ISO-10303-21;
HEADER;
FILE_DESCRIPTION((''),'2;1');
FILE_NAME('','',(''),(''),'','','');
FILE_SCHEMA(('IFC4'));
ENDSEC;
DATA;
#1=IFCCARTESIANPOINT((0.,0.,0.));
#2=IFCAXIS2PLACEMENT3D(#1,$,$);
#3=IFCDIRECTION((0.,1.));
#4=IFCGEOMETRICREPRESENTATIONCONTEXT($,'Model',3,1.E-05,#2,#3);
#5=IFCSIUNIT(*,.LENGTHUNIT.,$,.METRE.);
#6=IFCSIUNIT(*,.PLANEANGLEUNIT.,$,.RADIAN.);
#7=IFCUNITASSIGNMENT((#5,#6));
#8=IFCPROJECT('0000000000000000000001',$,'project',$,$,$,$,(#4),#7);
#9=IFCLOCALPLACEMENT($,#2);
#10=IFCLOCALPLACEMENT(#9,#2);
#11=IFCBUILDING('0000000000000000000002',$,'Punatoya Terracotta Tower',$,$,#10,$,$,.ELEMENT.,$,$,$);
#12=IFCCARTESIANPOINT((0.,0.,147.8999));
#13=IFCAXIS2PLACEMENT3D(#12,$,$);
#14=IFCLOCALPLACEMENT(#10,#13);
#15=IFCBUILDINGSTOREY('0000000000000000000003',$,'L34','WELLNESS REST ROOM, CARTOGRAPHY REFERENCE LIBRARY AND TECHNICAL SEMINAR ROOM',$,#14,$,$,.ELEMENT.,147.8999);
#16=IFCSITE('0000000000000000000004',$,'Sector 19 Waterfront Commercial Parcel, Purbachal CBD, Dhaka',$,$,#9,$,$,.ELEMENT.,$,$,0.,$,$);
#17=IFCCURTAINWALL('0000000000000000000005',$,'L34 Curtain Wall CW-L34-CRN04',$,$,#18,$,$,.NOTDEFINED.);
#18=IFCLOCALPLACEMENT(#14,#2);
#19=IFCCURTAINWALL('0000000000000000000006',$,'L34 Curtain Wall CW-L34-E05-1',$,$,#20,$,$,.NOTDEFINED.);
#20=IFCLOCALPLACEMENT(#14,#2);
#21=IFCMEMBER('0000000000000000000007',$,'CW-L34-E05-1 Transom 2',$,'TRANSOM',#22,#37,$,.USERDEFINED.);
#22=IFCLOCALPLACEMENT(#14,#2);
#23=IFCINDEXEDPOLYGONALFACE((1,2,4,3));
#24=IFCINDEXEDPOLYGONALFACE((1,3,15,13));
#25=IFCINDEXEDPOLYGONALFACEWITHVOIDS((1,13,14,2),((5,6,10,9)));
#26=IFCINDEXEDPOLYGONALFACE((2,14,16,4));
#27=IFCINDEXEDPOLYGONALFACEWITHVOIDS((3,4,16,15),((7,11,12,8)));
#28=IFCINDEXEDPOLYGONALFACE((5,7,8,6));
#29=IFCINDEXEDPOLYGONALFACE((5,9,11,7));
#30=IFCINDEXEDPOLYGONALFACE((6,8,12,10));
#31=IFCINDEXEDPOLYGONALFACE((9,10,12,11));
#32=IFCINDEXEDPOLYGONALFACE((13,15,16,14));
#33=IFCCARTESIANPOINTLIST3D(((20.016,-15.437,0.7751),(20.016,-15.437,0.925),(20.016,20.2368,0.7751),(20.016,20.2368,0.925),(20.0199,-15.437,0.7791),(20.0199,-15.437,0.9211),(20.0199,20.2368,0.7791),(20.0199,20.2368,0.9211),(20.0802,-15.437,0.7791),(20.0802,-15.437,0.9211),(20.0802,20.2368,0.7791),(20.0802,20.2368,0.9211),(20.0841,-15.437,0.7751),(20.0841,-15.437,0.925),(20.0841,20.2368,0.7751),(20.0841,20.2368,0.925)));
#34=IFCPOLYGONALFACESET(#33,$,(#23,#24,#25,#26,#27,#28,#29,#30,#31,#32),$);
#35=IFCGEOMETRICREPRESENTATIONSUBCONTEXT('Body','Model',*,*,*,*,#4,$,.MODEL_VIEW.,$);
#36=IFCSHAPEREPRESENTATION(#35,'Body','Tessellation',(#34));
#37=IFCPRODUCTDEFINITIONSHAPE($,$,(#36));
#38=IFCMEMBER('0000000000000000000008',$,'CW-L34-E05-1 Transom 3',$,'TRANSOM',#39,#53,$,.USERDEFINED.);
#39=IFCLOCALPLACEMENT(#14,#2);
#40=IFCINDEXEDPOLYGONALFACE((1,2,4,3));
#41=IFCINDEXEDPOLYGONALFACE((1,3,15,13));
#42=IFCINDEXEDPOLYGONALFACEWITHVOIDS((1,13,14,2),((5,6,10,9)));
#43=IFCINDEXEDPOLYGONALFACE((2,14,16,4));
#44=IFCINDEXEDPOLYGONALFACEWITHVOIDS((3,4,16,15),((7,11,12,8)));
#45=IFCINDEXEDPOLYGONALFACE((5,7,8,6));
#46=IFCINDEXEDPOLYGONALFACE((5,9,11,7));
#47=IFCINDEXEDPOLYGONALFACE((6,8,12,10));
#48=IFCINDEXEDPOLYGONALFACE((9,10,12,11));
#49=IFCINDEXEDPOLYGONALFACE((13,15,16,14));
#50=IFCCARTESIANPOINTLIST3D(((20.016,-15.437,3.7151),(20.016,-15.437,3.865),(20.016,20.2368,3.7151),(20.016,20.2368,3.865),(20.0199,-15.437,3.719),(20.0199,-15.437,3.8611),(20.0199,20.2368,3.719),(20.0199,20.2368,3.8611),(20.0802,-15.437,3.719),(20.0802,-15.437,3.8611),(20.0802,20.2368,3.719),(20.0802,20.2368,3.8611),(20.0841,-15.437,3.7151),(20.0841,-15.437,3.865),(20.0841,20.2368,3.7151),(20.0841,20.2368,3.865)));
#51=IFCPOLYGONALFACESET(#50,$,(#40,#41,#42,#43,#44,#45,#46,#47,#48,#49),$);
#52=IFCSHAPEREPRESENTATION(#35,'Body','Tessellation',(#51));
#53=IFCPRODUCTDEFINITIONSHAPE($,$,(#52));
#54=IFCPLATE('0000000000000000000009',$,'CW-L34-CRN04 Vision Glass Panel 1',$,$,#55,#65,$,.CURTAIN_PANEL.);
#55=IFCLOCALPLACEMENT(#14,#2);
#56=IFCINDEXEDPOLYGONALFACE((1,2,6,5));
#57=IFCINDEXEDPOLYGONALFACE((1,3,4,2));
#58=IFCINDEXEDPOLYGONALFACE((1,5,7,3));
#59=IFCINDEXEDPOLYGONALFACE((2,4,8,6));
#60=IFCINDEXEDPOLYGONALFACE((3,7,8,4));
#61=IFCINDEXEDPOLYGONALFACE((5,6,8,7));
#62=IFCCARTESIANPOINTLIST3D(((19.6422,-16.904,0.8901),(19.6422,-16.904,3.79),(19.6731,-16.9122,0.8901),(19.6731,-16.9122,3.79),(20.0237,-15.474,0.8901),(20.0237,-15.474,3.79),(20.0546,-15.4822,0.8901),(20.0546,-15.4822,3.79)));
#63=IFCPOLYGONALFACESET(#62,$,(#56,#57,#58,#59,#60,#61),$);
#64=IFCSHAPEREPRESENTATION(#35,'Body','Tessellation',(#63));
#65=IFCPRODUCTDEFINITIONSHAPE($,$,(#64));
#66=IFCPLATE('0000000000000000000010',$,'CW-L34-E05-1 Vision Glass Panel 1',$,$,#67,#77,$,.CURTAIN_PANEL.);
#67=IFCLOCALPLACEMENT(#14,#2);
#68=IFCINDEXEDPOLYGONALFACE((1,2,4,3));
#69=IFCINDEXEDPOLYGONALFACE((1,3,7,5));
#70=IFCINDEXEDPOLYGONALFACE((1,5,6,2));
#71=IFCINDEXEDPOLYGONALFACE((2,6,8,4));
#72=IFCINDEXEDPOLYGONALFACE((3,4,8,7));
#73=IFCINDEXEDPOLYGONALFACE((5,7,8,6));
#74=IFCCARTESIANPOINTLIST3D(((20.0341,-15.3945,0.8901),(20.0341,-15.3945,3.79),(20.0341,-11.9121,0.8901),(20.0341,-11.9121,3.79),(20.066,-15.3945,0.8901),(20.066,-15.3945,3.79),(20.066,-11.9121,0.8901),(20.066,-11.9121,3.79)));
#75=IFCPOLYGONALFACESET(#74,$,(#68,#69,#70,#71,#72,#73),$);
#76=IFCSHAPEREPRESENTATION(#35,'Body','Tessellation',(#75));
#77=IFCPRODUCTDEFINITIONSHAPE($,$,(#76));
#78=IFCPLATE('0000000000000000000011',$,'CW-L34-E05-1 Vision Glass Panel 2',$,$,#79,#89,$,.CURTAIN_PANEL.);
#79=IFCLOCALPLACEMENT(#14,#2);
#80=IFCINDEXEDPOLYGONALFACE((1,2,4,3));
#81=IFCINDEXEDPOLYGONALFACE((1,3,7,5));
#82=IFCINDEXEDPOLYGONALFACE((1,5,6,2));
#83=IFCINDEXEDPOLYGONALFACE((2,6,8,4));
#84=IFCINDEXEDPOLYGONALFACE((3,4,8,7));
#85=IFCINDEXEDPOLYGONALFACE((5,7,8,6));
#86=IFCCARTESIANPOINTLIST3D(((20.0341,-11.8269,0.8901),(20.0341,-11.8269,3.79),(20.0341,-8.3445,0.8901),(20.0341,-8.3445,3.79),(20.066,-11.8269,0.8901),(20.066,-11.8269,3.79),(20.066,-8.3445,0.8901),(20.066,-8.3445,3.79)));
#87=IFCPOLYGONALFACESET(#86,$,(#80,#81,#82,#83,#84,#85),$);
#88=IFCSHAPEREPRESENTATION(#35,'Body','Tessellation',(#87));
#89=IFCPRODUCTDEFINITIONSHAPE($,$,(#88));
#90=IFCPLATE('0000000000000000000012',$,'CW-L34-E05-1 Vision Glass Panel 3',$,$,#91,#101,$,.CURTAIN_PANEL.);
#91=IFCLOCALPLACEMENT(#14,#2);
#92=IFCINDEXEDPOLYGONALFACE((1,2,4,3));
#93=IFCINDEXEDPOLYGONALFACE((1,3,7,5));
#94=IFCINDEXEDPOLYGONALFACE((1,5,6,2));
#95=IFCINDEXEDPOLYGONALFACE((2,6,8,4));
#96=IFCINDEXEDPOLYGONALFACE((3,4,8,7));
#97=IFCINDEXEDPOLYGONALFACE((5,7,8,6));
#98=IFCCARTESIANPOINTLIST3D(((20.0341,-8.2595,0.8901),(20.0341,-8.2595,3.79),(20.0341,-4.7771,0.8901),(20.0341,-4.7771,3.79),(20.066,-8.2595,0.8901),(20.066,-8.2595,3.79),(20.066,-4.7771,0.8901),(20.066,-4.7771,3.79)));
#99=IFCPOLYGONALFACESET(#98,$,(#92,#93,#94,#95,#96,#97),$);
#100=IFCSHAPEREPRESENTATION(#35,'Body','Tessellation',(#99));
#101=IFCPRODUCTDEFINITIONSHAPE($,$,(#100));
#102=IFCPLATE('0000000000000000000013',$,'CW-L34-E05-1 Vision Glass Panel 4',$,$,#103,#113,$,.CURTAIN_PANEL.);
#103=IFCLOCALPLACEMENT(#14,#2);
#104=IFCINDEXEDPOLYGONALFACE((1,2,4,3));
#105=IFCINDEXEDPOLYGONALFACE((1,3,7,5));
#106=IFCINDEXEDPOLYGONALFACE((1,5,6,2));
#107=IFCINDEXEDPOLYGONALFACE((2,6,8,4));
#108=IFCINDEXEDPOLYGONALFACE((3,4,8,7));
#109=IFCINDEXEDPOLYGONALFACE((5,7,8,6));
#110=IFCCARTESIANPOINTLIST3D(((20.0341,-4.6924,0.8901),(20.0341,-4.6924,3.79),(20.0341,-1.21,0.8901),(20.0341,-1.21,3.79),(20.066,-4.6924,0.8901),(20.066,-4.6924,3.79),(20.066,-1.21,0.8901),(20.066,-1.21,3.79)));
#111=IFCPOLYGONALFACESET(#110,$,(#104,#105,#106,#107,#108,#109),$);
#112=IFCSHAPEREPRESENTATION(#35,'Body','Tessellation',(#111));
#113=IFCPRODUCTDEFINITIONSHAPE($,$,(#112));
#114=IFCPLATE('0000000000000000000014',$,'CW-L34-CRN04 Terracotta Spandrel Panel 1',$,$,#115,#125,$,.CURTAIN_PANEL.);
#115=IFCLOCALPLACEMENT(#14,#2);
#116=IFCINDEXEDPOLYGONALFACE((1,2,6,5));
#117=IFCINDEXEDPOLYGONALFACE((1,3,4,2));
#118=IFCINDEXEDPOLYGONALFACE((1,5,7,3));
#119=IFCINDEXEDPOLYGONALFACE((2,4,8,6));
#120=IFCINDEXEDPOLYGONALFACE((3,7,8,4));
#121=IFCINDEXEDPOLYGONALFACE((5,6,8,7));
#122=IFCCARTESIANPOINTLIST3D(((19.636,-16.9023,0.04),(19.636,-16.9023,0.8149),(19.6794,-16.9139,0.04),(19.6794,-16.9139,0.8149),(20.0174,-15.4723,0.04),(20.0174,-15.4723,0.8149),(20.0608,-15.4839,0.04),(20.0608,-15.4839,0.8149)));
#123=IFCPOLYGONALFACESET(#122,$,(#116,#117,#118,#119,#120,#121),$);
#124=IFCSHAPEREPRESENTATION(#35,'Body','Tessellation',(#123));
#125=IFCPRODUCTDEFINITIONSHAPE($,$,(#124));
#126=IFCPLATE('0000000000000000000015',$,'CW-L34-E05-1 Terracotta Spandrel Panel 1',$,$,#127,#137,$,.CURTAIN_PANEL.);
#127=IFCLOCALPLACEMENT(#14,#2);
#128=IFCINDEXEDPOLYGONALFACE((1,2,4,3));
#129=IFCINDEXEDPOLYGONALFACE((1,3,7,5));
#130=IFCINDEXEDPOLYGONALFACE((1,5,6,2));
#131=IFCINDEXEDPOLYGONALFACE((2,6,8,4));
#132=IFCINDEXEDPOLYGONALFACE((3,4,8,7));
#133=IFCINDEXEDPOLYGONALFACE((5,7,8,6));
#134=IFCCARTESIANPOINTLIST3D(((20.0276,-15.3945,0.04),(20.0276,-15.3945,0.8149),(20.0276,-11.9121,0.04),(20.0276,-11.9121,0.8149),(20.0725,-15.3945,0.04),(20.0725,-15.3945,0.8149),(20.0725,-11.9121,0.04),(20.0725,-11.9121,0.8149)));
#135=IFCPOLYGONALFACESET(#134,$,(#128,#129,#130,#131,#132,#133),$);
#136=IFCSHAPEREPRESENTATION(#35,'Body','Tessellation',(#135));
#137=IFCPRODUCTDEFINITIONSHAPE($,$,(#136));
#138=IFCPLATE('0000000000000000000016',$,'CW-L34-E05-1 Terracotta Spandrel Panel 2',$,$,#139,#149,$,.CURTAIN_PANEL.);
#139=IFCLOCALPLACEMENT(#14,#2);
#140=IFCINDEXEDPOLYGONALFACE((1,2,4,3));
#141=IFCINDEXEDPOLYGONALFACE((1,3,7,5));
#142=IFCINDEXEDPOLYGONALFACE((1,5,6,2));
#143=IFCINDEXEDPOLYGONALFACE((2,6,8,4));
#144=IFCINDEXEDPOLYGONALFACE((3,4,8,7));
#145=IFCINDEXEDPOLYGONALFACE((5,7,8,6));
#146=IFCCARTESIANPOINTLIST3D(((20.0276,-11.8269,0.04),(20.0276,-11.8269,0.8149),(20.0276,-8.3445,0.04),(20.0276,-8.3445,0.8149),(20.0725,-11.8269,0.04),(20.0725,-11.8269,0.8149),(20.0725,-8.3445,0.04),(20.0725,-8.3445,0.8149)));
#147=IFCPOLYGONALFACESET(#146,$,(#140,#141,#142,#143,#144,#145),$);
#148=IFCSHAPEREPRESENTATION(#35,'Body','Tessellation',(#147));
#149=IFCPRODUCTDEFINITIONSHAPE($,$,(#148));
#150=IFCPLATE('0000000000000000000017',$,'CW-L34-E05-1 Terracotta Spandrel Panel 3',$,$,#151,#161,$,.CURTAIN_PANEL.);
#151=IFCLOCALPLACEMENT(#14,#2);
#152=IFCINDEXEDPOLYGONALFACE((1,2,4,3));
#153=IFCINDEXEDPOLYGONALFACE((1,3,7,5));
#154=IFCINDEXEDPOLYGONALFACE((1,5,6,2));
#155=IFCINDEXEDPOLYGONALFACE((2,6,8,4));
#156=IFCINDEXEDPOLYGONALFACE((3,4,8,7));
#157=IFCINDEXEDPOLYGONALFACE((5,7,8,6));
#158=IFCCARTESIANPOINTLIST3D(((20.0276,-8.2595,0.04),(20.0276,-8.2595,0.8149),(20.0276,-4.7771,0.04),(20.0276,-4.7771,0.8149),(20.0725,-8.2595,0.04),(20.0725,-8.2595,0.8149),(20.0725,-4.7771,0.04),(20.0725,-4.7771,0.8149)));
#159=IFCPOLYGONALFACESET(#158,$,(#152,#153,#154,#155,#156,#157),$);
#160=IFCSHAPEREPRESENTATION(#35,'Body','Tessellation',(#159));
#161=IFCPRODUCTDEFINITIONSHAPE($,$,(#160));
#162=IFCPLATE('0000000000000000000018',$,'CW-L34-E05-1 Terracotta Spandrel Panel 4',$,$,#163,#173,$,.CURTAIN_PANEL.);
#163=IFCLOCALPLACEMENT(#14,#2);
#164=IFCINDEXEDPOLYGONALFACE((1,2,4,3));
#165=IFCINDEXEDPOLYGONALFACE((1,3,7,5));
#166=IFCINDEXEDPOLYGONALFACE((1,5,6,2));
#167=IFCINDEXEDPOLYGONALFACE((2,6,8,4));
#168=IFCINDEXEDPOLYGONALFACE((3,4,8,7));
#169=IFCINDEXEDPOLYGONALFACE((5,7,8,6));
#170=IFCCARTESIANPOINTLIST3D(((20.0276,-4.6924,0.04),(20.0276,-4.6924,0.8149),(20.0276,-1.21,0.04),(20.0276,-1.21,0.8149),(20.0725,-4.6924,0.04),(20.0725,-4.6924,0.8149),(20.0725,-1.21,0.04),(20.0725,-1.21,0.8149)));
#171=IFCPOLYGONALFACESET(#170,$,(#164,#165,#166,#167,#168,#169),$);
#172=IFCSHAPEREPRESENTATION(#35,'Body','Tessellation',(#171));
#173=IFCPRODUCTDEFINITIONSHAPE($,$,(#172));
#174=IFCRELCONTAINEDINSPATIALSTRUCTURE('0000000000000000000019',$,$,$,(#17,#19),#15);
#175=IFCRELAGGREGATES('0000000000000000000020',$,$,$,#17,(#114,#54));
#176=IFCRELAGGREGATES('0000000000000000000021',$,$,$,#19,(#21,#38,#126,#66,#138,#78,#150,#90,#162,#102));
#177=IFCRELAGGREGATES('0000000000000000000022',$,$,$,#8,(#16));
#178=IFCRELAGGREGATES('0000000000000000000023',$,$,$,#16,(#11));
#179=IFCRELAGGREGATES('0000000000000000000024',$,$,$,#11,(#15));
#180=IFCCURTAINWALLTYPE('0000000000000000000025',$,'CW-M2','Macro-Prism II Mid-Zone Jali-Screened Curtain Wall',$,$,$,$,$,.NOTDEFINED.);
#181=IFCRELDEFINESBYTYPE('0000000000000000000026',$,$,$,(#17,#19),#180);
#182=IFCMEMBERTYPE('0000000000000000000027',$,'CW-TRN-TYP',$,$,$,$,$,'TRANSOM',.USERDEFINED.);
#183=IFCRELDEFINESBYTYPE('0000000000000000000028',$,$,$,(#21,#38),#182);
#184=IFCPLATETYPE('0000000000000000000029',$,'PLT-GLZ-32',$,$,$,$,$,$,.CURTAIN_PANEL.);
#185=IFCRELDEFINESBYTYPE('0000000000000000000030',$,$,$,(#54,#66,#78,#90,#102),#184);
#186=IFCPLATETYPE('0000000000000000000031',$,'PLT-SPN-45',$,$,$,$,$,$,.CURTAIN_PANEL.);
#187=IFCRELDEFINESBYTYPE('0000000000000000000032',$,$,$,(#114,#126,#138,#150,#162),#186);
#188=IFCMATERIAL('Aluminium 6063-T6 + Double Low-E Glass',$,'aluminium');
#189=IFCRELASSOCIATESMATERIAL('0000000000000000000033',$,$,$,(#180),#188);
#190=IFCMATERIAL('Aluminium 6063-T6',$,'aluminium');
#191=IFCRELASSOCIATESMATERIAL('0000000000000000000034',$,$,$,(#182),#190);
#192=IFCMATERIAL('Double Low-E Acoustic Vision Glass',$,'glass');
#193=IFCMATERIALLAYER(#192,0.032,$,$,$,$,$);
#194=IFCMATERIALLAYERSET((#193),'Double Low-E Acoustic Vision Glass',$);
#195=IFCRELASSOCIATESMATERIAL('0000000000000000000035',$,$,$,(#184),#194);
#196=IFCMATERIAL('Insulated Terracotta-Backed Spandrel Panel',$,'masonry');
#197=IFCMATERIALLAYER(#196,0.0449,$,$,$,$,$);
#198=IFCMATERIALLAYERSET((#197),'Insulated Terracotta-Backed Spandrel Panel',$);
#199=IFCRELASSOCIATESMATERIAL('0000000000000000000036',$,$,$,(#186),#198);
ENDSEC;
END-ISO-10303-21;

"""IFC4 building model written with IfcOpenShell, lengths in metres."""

from ifc_helpers import new_model, si_unit, direction, frame, origin, origin_2d, place, context, subcontext, project, spatial, rectangle, hollow_rectangle, extrude, material, layer, layer_set, material_profile, profile_set, type_object, element, aggregate, save


model = new_model("IFC4")

# Units and contexts
model_context = context("Model", 3, precision=1e-05, world=origin(), true_north=direction((0.0, 1.0)))
body_context = subcontext(model_context, "Body", "Model", "MODEL_VIEW")
ifc_project = project(units=[si_unit("LENGTHUNIT", "METRE"), si_unit("PLANEANGLEUNIT", "RADIAN")], contexts=[model_context])

# Site, building, storey
site_placement = place(None, origin())
site = spatial("IfcSite", under=ifc_project, at=site_placement, Name="Sector 19 Waterfront Commercial Parcel, Purbachal CBD, Dhaka", CompositionType="ELEMENT", RefElevation=0.0)
building_placement = place(site_placement, origin())
building = spatial("IfcBuilding", under=site, at=building_placement, Name="Punatoya Terracotta Tower", CompositionType="ELEMENT")
storey_placement = place(building_placement, frame((0.0, 0.0, 147.8999)))
storey = spatial("IfcBuildingStorey", under=building, at=storey_placement, Name="L34", Description="WELLNESS REST ROOM, CARTOGRAPHY REFERENCE LIBRARY AND TECHNICAL SEMINAR ROOM", CompositionType="ELEMENT", Elevation=147.8999)

# Curtain wall
ifc_material_1 = material(Name="Aluminium 6063-T6 + Double Low-E Glass", Category="aluminium")
curtain_wall_type = type_object("IfcCurtainWallType", Name="CW-M2", Description="Macro-Prism II Mid-Zone Jali-Screened Curtain Wall", PredefinedType="NOTDEFINED", material=ifc_material_1)
curtain_wall_1_placement = place(storey_placement, origin())
curtain_wall_1 = element("IfcCurtainWall", 1, at=curtain_wall_1_placement, inside=storey, type_object=curtain_wall_type, Name="L34 Curtain Wall CW-L34-CRN04", PredefinedType="NOTDEFINED")
ifc_material_2 = material(Name="Aluminium 6063-T6", Category="aluminium")

# Curtain wall, members
curtain_wall_2_placement = place(storey_placement, origin())
curtain_wall_2 = element("IfcCurtainWall", 2, at=curtain_wall_2_placement, inside=storey, type_object=curtain_wall_type, Name="L34 Curtain Wall CW-L34-E05-1", PredefinedType="NOTDEFINED")
ifc_material_profile_1 = material_profile(ifc_material_2, hollow_rectangle(XDim=0.0681, YDim=0.1499, WallThickness=0.0039, at=origin_2d()))
ifc_profile_set_1 = profile_set([ifc_material_profile_1], Name="Aluminium 6063-T6")
member_type_1 = type_object("IfcMemberType", Name="CW-TRN-TYP", ElementType="TRANSOM", PredefinedType="USERDEFINED", material=ifc_profile_set_1)
member_1_placement = place(storey_placement, frame((20.05, -15.437, 0.8501), z_axis=(0.0, 1.0, 0.0), x_axis=(-1.0, 0.0, 0.0)))
member_1 = element("IfcMember", 3, at=member_1_placement, type_object=member_type_1, Name="CW-L34-E05-1 Transom 2", ObjectType="TRANSOM", PredefinedType="USERDEFINED", context=body_context, shape_type="SweptSolid", body=[
    extrude(hollow_rectangle(XDim=0.0681, YDim=0.1499, WallThickness=0.0039, at=origin_2d()), origin(), (0.0, 0.0, 1.0), 35.6738),
])
member_2_placement = place(storey_placement, frame((20.05, -15.437, 3.79), z_axis=(0.0, 1.0, 0.0), x_axis=(-1.0, 0.0, 0.0)))
member_2 = element("IfcMember", 4, at=member_2_placement, type_object=member_type_1, Name="CW-L34-E05-1 Transom 3", ObjectType="TRANSOM", PredefinedType="USERDEFINED", context=body_context, shape_type="SweptSolid", body=[
    extrude(hollow_rectangle(XDim=0.0681, YDim=0.1499, WallThickness=0.0039, at=origin_2d()), origin(), (0.0, 0.0, 1.0), 35.6738),
])

# Plates
ifc_material_3 = material(Name="Double Low-E Acoustic Vision Glass", Category="glass")
ifc_layer_1 = layer(ifc_material_3, 0.032)
ifc_layer_set_1 = layer_set([ifc_layer_1], Name="Double Low-E Acoustic Vision Glass")
plate_type_1 = type_object("IfcPlateType", Name="PLT-GLZ-32", PredefinedType="CURTAIN_PANEL", material=ifc_layer_set_1)
plate_1_placement = place(storey_placement, frame((19.8484, -16.1931, 0.8901), z_axis=(0.0, 0.0, 1.0), x_axis=(0.257742, 0.966214, 0.0)))
plate_1 = element("IfcPlate", 5, at=plate_1_placement, type_object=plate_type_1, Name="CW-L34-CRN04 Vision Glass Panel 1", PredefinedType="CURTAIN_PANEL", context=body_context, shape_type="SweptSolid", body=[
    extrude(rectangle(XDim=1.48, YDim=0.032, at=origin_2d()), origin(), (0.0, 0.0, 1.0), 2.8999),
])
plate_2_placement = place(storey_placement, frame((20.05, -13.6533, 0.8901), z_axis=(0.0, 0.0, 1.0), x_axis=(0.0, 1.0, 0.0)))
plate_2 = element("IfcPlate", 6, at=plate_2_placement, type_object=plate_type_1, Name="CW-L34-E05-1 Vision Glass Panel 1", PredefinedType="CURTAIN_PANEL", context=body_context, shape_type="SweptSolid", body=[
    extrude(rectangle(XDim=3.4824, YDim=0.032, at=origin_2d()), origin(), (0.0, 0.0, 1.0), 2.8999),
])
plate_3_placement = place(storey_placement, frame((20.05, -10.0857, 0.8901), z_axis=(0.0, 0.0, 1.0), x_axis=(0.0, 1.0, 0.0)))
plate_3 = element("IfcPlate", 7, at=plate_3_placement, type_object=plate_type_1, Name="CW-L34-E05-1 Vision Glass Panel 2", PredefinedType="CURTAIN_PANEL", context=body_context, shape_type="SweptSolid", body=[
    extrude(rectangle(XDim=3.4824, YDim=0.032, at=origin_2d()), origin(), (0.0, 0.0, 1.0), 2.8999),
])
plate_4_placement = place(storey_placement, frame((20.05, -6.5183, 0.8901), z_axis=(0.0, 0.0, 1.0), x_axis=(0.0, 1.0, 0.0)))
plate_4 = element("IfcPlate", 8, at=plate_4_placement, type_object=plate_type_1, Name="CW-L34-E05-1 Vision Glass Panel 3", PredefinedType="CURTAIN_PANEL", context=body_context, shape_type="SweptSolid", body=[
    extrude(rectangle(XDim=3.4824, YDim=0.032, at=origin_2d()), origin(), (0.0, 0.0, 1.0), 2.8999),
])
plate_5_placement = place(storey_placement, frame((20.05, -2.9512, 0.8901), z_axis=(0.0, 0.0, 1.0), x_axis=(0.0, 1.0, 0.0)))
plate_5 = element("IfcPlate", 9, at=plate_5_placement, type_object=plate_type_1, Name="CW-L34-E05-1 Vision Glass Panel 4", PredefinedType="CURTAIN_PANEL", context=body_context, shape_type="SweptSolid", body=[
    extrude(rectangle(XDim=3.4824, YDim=0.032, at=origin_2d()), origin(), (0.0, 0.0, 1.0), 2.8999),
])
ifc_material_4 = material(Name="Insulated Terracotta-Backed Spandrel Panel", Category="masonry")
ifc_layer_2 = layer(ifc_material_4, 0.0449)
ifc_layer_set_2 = layer_set([ifc_layer_2], Name="Insulated Terracotta-Backed Spandrel Panel")
plate_type_2 = type_object("IfcPlateType", Name="PLT-SPN-45", PredefinedType="CURTAIN_PANEL", material=ifc_layer_set_2)
plate_6_placement = place(storey_placement, frame((19.8484, -16.1931, 0.04), z_axis=(0.0, 0.0, 1.0), x_axis=(0.257742, 0.966214, 0.0)))
plate_6 = element("IfcPlate", 10, at=plate_6_placement, type_object=plate_type_2, Name="CW-L34-CRN04 Terracotta Spandrel Panel 1", PredefinedType="CURTAIN_PANEL", context=body_context, shape_type="SweptSolid", body=[
    extrude(rectangle(XDim=1.48, YDim=0.0449, at=origin_2d()), origin(), (0.0, 0.0, 1.0), 0.7749),
])
aggregate(curtain_wall_1, [plate_6, plate_1])
plate_7_placement = place(storey_placement, frame((20.05, -13.6533, 0.04), z_axis=(0.0, 0.0, 1.0), x_axis=(0.0, 1.0, 0.0)))
plate_7 = element("IfcPlate", 11, at=plate_7_placement, type_object=plate_type_2, Name="CW-L34-E05-1 Terracotta Spandrel Panel 1", PredefinedType="CURTAIN_PANEL", context=body_context, shape_type="SweptSolid", body=[
    extrude(rectangle(XDim=3.4824, YDim=0.0449, at=origin_2d()), origin(), (0.0, 0.0, 1.0), 0.7749),
])
plate_8_placement = place(storey_placement, frame((20.05, -10.0857, 0.04), z_axis=(0.0, 0.0, 1.0), x_axis=(0.0, 1.0, 0.0)))
plate_8 = element("IfcPlate", 12, at=plate_8_placement, type_object=plate_type_2, Name="CW-L34-E05-1 Terracotta Spandrel Panel 2", PredefinedType="CURTAIN_PANEL", context=body_context, shape_type="SweptSolid", body=[
    extrude(rectangle(XDim=3.4824, YDim=0.0449, at=origin_2d()), origin(), (0.0, 0.0, 1.0), 0.7749),
])
plate_9_placement = place(storey_placement, frame((20.05, -6.5183, 0.04), z_axis=(0.0, 0.0, 1.0), x_axis=(0.0, 1.0, 0.0)))
plate_9 = element("IfcPlate", 13, at=plate_9_placement, type_object=plate_type_2, Name="CW-L34-E05-1 Terracotta Spandrel Panel 3", PredefinedType="CURTAIN_PANEL", context=body_context, shape_type="SweptSolid", body=[
    extrude(rectangle(XDim=3.4824, YDim=0.0449, at=origin_2d()), origin(), (0.0, 0.0, 1.0), 0.7749),
])
plate_10_placement = place(storey_placement, frame((20.05, -2.9512, 0.04), z_axis=(0.0, 0.0, 1.0), x_axis=(0.0, 1.0, 0.0)))
plate_10 = element("IfcPlate", 14, at=plate_10_placement, type_object=plate_type_2, Name="CW-L34-E05-1 Terracotta Spandrel Panel 4", PredefinedType="CURTAIN_PANEL", context=body_context, shape_type="SweptSolid", body=[
    extrude(rectangle(XDim=3.4824, YDim=0.0449, at=origin_2d()), origin(), (0.0, 0.0, 1.0), 0.7749),
])
aggregate(curtain_wall_2, [member_1, member_2, plate_7, plate_2, plate_8, plate_3, plate_9, plate_4, plate_10, plate_5])

save(model, "model.ifc")
